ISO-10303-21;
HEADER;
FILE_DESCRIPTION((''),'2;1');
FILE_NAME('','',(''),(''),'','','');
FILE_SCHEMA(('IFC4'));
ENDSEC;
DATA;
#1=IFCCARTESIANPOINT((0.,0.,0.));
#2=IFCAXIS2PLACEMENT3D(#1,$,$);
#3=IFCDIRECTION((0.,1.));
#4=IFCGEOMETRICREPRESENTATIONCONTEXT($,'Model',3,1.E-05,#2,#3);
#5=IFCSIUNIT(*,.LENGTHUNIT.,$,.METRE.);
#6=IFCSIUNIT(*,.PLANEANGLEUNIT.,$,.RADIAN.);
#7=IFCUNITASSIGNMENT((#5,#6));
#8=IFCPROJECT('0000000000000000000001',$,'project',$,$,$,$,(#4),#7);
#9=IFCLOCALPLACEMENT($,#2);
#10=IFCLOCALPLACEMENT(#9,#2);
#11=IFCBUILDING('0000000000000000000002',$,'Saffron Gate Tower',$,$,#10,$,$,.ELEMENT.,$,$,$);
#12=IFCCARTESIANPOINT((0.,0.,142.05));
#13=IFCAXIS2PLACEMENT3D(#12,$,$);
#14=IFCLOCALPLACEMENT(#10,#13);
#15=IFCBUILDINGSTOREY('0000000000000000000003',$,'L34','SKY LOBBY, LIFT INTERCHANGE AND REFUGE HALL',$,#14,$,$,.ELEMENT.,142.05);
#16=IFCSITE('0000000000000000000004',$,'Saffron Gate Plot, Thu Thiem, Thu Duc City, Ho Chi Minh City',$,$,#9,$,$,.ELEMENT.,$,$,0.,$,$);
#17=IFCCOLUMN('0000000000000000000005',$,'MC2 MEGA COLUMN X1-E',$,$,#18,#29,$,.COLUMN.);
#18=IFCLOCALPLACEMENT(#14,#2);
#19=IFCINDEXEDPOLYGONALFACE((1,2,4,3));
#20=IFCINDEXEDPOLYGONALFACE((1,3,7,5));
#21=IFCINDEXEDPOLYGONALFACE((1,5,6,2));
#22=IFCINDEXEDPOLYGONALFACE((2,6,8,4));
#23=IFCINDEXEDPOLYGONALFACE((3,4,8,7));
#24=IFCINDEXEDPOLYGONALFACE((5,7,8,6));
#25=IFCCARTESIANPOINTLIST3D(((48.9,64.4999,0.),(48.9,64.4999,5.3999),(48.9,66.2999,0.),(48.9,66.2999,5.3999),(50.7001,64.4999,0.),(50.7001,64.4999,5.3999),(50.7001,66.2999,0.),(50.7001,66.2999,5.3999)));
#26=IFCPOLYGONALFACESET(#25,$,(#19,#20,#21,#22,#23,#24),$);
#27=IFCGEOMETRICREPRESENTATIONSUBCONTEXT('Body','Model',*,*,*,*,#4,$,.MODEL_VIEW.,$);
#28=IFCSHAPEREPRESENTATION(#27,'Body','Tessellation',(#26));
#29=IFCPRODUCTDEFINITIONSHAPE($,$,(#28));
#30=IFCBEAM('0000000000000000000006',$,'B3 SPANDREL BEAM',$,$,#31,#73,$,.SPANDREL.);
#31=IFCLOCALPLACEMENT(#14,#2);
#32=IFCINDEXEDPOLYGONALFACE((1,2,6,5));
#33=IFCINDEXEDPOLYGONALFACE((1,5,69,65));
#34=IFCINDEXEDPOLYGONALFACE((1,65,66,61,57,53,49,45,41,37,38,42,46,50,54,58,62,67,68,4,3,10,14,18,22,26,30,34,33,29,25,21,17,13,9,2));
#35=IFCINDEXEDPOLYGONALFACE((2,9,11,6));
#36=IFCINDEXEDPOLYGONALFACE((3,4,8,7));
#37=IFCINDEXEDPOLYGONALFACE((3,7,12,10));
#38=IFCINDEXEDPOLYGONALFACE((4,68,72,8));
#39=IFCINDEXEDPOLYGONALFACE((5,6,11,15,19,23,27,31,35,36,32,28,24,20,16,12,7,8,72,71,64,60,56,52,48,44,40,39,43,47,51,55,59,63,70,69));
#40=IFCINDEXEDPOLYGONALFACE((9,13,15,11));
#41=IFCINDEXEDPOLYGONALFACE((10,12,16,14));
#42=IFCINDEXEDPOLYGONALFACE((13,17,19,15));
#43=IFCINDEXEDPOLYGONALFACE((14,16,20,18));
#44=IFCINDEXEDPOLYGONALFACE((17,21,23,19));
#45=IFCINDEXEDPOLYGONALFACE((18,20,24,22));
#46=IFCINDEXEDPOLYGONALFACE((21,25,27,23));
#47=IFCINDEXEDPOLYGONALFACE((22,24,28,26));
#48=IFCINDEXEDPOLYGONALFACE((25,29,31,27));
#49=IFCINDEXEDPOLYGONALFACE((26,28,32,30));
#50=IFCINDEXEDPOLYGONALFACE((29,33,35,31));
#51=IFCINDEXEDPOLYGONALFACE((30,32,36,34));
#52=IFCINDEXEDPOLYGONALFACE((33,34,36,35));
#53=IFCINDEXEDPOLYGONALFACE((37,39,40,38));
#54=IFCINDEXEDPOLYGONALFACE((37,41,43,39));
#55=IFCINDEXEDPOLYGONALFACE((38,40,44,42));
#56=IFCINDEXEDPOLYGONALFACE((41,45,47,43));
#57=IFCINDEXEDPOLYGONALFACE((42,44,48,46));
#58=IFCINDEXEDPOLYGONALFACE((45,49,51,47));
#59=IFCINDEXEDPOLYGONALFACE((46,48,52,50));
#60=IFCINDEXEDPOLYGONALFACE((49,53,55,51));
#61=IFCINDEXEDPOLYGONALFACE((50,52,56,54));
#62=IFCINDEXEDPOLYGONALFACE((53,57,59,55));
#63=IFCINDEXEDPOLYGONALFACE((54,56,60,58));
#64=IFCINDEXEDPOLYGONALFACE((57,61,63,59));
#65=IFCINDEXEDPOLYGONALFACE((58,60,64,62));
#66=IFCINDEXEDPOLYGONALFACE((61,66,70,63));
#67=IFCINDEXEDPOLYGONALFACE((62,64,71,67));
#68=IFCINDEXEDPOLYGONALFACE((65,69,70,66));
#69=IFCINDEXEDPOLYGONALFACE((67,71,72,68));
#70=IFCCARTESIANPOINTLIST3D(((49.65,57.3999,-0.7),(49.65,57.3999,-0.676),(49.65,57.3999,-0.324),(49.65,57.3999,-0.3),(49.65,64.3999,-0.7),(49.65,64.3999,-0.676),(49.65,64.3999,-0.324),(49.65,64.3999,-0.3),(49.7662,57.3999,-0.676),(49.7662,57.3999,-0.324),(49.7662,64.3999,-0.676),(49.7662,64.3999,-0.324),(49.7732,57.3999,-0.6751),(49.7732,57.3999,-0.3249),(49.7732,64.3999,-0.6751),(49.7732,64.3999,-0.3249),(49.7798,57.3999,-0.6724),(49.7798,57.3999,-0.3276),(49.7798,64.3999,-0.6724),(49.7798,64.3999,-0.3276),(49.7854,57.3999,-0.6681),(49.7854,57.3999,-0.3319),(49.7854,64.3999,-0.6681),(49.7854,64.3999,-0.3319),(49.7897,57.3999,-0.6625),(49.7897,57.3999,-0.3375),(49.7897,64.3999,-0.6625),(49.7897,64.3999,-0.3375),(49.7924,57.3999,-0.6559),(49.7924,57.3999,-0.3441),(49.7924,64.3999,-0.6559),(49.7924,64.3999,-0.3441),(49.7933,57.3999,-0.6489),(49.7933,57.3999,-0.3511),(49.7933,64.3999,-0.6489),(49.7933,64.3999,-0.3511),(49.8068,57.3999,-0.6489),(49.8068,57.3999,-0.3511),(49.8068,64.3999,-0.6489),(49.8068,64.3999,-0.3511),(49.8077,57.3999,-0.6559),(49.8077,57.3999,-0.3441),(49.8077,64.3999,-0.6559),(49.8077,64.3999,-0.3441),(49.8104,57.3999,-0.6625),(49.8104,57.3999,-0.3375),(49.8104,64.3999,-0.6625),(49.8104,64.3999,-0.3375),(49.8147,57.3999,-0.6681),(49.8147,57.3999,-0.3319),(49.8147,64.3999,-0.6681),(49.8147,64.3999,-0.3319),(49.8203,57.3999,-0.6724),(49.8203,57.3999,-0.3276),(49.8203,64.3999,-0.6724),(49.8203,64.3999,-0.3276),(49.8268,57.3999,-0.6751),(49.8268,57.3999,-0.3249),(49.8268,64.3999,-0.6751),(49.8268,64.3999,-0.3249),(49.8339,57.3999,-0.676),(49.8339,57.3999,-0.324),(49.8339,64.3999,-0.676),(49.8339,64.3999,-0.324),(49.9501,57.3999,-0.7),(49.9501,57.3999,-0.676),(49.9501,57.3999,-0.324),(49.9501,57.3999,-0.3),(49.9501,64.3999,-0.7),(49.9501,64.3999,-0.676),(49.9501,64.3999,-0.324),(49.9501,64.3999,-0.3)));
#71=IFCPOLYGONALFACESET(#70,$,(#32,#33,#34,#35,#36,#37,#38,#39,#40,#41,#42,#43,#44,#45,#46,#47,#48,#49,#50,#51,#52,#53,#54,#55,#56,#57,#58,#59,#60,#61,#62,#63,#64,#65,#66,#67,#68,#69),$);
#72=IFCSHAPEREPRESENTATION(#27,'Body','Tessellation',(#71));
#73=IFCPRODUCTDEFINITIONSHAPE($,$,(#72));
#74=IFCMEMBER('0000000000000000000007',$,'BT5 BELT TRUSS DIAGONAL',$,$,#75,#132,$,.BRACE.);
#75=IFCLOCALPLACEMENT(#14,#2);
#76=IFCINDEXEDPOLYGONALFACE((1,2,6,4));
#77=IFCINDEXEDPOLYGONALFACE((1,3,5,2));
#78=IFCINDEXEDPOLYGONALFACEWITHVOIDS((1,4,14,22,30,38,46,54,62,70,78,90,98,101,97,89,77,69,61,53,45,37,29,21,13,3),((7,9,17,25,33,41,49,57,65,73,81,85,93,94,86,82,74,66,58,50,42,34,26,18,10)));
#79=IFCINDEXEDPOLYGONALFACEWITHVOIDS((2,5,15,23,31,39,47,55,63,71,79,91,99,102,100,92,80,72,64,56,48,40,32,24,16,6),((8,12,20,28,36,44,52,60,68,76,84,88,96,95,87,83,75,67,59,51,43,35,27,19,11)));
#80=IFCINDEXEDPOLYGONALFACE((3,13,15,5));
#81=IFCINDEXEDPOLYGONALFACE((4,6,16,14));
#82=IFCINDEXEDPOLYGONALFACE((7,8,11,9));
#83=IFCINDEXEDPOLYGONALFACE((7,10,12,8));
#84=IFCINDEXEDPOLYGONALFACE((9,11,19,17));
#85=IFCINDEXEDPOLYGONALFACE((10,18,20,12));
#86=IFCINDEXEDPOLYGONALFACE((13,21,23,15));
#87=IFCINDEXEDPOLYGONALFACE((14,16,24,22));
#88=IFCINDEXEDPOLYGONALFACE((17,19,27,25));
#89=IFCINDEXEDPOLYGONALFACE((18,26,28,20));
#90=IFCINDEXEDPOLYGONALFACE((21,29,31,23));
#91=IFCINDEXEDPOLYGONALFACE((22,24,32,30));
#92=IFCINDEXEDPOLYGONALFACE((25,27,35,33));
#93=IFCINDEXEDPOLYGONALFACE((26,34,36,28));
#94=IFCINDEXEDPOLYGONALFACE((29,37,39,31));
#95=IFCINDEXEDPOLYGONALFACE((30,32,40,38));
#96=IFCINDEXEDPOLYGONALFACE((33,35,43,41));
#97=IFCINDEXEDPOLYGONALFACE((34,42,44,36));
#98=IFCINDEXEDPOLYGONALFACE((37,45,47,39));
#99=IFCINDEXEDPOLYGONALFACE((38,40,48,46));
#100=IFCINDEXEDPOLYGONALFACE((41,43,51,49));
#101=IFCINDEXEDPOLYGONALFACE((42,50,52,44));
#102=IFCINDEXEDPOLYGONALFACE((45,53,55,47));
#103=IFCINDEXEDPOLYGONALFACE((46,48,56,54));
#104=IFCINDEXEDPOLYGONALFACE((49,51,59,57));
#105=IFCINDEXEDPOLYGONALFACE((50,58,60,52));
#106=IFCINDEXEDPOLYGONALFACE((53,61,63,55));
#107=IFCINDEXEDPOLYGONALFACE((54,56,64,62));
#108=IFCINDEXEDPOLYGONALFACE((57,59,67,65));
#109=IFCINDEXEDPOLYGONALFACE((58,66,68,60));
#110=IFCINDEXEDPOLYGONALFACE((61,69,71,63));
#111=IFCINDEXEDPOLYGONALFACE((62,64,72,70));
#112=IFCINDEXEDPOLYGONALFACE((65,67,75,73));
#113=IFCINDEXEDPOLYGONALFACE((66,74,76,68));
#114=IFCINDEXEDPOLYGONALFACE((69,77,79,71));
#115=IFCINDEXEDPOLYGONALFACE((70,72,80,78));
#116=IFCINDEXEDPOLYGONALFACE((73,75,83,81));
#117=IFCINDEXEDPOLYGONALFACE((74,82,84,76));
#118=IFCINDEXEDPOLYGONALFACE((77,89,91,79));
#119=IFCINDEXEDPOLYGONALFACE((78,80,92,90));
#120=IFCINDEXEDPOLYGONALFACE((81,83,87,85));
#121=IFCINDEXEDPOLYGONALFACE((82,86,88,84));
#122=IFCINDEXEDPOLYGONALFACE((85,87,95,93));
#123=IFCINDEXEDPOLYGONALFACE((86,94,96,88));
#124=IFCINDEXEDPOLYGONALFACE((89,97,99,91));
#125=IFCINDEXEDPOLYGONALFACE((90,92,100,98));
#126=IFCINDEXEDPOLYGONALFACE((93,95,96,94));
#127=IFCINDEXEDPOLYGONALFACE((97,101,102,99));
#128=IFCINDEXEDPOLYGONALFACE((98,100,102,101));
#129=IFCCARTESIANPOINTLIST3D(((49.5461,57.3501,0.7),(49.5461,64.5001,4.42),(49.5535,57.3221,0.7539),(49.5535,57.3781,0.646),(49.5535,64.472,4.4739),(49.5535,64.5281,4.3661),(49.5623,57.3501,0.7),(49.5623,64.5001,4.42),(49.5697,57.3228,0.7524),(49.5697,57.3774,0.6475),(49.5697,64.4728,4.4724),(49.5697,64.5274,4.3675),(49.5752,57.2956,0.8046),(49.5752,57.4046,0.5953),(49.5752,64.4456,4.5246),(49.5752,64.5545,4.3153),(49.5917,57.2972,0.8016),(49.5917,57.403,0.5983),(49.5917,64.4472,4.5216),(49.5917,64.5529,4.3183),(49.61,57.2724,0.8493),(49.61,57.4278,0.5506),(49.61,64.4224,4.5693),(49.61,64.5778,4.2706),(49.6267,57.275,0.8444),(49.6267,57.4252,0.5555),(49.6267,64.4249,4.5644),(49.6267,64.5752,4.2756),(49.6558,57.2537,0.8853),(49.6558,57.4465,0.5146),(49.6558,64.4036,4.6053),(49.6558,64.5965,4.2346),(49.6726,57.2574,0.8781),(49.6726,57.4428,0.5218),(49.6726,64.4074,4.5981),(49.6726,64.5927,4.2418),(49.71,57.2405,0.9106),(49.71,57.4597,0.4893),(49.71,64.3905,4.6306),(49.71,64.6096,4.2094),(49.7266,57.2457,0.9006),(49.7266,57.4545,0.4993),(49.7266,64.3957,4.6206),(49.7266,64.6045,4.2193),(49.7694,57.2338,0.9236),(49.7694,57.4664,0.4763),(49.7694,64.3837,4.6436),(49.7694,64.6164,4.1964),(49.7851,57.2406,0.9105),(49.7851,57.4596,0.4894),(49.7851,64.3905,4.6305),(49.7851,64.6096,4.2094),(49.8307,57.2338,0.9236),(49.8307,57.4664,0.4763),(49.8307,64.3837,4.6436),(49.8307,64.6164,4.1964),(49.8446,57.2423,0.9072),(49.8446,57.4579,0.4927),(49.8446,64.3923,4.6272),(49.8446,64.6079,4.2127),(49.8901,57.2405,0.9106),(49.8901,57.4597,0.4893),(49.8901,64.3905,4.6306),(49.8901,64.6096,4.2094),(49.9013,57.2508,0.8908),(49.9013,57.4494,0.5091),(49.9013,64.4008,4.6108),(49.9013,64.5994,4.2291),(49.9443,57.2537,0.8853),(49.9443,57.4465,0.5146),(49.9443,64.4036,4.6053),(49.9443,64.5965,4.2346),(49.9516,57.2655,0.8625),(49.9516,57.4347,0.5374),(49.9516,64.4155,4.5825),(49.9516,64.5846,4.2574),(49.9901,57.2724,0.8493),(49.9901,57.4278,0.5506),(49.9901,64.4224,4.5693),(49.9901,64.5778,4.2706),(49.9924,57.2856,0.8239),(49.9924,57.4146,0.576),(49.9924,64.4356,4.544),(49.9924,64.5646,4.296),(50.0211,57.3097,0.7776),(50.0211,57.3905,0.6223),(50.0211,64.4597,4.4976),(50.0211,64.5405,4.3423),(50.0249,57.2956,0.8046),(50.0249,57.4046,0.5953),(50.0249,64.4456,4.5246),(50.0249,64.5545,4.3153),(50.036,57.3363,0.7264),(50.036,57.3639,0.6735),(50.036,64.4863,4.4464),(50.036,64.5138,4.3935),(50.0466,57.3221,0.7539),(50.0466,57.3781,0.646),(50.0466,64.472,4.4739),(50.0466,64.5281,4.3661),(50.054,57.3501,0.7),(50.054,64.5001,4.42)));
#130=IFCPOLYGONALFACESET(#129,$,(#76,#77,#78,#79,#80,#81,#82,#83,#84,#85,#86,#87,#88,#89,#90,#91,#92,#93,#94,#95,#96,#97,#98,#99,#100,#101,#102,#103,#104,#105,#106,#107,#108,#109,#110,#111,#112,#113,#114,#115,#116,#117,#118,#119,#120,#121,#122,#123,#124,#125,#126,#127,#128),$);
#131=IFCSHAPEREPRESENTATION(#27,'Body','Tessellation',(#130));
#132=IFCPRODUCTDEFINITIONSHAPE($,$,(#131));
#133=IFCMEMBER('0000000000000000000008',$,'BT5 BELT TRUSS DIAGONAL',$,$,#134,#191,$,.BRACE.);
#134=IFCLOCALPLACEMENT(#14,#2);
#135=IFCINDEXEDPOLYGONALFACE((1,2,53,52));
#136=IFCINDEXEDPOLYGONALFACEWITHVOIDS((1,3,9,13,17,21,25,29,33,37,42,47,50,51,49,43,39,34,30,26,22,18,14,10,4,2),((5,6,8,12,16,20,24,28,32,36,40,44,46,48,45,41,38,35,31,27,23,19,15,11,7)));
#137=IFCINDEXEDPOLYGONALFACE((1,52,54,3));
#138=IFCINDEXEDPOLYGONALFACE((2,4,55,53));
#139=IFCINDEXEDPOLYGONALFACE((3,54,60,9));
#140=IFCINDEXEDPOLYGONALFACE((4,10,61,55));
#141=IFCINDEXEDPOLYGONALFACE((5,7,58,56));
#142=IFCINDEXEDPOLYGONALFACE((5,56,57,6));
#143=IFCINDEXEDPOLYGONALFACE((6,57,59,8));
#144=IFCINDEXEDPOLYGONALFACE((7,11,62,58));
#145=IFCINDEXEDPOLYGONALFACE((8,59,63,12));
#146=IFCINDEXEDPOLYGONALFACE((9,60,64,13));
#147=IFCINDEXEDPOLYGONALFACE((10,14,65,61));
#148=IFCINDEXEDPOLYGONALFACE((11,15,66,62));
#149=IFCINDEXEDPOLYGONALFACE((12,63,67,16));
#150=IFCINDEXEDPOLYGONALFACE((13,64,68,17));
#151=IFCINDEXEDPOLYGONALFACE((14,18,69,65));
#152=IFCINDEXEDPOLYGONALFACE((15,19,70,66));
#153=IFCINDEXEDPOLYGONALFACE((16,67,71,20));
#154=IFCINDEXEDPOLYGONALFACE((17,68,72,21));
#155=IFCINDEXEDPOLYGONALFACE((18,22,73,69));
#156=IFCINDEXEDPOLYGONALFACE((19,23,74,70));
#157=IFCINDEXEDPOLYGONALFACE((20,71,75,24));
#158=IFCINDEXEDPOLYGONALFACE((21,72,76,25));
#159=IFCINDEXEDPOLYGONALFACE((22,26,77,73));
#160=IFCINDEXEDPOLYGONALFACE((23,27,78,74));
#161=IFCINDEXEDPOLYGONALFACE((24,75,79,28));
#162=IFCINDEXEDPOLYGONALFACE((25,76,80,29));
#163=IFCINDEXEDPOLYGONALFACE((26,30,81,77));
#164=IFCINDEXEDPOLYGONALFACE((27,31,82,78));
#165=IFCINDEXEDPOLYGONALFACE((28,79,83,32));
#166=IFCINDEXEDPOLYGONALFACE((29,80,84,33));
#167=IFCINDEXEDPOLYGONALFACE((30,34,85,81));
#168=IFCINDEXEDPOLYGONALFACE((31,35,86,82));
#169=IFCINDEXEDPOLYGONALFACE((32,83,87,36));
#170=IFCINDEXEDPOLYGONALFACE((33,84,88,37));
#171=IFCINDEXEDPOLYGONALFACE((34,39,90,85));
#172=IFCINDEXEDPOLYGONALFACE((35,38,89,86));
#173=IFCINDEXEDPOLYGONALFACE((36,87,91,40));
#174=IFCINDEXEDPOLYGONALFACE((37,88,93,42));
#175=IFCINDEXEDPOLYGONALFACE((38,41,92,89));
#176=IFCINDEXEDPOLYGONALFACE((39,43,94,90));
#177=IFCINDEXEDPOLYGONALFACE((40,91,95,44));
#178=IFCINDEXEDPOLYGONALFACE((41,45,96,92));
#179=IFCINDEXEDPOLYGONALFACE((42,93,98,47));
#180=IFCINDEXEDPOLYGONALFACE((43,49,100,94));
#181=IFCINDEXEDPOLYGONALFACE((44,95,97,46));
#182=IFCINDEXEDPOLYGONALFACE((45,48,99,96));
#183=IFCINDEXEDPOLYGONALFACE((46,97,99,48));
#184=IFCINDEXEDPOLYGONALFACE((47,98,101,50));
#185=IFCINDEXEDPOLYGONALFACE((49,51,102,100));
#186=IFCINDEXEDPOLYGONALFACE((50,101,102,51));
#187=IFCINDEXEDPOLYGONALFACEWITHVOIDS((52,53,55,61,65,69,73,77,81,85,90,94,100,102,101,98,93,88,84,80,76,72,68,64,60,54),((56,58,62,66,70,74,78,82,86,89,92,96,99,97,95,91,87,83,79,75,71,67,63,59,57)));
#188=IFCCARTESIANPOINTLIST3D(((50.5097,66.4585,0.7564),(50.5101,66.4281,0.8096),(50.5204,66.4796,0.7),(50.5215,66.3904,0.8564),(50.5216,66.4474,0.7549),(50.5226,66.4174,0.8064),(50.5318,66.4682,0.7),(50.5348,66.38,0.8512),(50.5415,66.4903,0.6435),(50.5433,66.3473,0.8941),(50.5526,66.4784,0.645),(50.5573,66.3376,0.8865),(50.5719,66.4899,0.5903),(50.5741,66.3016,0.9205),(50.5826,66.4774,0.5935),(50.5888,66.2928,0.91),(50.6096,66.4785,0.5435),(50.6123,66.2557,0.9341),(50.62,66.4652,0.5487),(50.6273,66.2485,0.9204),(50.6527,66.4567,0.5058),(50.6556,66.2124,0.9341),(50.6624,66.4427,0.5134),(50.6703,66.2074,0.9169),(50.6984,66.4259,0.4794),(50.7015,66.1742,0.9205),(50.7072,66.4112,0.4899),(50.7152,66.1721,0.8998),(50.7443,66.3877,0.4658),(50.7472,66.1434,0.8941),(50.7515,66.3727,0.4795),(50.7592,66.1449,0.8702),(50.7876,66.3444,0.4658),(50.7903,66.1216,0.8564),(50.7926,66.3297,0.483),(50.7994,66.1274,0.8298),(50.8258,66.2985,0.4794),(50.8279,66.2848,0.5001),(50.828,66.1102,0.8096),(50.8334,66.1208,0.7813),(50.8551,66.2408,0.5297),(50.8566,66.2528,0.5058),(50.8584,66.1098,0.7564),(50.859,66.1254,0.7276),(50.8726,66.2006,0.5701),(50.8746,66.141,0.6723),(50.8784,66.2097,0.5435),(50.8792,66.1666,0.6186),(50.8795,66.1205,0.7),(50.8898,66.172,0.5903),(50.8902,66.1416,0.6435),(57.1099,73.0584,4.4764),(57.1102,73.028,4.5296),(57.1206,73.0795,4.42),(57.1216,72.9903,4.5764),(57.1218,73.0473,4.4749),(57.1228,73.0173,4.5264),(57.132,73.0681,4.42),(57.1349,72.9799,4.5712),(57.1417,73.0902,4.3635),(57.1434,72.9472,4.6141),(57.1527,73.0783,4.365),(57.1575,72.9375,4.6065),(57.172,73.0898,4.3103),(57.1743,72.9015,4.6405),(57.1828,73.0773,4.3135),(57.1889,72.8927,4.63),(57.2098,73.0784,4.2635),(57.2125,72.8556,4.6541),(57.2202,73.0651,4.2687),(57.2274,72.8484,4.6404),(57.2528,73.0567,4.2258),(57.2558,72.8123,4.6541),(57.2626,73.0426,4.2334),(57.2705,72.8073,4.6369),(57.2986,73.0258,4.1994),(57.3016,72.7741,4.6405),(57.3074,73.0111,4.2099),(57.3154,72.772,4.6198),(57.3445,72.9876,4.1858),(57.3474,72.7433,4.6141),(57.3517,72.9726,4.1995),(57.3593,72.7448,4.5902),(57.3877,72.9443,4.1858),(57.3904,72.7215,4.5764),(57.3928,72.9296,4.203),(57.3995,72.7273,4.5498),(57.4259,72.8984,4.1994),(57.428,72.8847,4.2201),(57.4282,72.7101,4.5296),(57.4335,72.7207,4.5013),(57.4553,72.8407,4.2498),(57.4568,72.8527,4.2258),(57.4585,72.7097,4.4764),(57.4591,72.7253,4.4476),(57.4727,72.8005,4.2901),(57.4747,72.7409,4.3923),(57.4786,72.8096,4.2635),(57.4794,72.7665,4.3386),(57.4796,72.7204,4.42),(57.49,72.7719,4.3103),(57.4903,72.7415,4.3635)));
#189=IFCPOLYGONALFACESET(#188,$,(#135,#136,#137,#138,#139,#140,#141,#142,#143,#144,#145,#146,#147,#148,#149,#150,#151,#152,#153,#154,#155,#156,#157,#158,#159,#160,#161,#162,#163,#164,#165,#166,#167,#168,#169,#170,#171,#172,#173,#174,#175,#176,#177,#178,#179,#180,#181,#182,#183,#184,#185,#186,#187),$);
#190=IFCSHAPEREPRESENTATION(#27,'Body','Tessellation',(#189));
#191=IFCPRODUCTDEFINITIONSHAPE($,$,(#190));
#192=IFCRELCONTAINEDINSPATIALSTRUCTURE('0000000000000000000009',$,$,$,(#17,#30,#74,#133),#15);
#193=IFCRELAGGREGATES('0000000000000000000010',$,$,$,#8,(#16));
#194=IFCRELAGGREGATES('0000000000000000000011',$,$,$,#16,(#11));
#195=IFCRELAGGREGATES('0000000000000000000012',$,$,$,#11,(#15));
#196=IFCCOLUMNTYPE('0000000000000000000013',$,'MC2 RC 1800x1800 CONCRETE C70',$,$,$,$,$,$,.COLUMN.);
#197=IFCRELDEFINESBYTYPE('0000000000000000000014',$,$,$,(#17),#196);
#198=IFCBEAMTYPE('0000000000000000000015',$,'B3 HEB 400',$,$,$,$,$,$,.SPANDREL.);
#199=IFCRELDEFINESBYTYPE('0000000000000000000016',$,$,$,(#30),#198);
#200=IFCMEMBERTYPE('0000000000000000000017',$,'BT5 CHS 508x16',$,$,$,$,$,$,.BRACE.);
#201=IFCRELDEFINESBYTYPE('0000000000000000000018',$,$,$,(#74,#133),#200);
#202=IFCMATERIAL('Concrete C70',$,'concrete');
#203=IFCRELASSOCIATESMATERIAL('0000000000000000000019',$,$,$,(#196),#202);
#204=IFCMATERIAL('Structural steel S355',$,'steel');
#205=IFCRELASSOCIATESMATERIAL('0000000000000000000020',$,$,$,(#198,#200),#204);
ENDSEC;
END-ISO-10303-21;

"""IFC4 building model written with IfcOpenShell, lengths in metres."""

from ifc_helpers import new_model, si_unit, direction, frame, origin, origin_2d, place, context, subcontext, project, spatial, rectangle, hollow_circle, i_section, extrude, material, material_profile, profile_set, type_object, element, save


model = new_model("IFC4")

# Units and contexts
model_context = context("Model", 3, precision=1e-05, world=origin(), true_north=direction((0.0, 1.0)))
body_context = subcontext(model_context, "Body", "Model", "MODEL_VIEW")
ifc_project = project(units=[si_unit("LENGTHUNIT", "METRE"), si_unit("PLANEANGLEUNIT", "RADIAN")], contexts=[model_context])

# Site, building, storey
site_placement = place(None, origin())
site = spatial("IfcSite", under=ifc_project, at=site_placement, Name="Saffron Gate Plot, Thu Thiem, Thu Duc City, Ho Chi Minh City", CompositionType="ELEMENT", RefElevation=0.0)
building_placement = place(site_placement, origin())
building = spatial("IfcBuilding", under=site, at=building_placement, Name="Saffron Gate Tower", CompositionType="ELEMENT")
storey_placement = place(building_placement, frame((0.0, 0.0, 142.05)))
storey = spatial("IfcBuildingStorey", under=building, at=storey_placement, Name="L34", Description="SKY LOBBY, LIFT INTERCHANGE AND REFUGE HALL", CompositionType="ELEMENT", Elevation=142.05)

# Column
ifc_material_1 = material(Name="Concrete C70", Category="concrete")
ifc_material_profile_1 = material_profile(ifc_material_1, rectangle(XDim=1.8, YDim=1.8, at=origin_2d()))
ifc_profile_set_1 = profile_set([ifc_material_profile_1], Name="Concrete C70")
column_type = type_object("IfcColumnType", Name="MC2 RC 1800x1800 CONCRETE C70", PredefinedType="COLUMN", material=ifc_profile_set_1)
column_placement = place(storey_placement, frame((49.8, 65.3999, 0.0), z_axis=(0.0, 0.0, 1.0), x_axis=(1.0, 0.0, 0.0)))
element("IfcColumn", 1, at=column_placement, inside=storey, type_object=column_type, Name="MC2 MEGA COLUMN X1-E", PredefinedType="COLUMN", context=body_context, shape_type="SweptSolid", body=[
    extrude(rectangle(XDim=1.8, YDim=1.8, at=origin_2d()), origin(), (0.0, 0.0, 1.0), 5.3999),
])

# Beam
ifc_material_2 = material(Name="Structural steel S355", Category="steel")
ifc_material_profile_2 = material_profile(ifc_material_2, i_section(OverallWidth=0.3, OverallDepth=0.3999, WebThickness=0.0134, FlangeThickness=0.0239, FilletRadius=0.0271, at=origin_2d()))
ifc_profile_set_2 = profile_set([ifc_material_profile_2], Name="Structural steel S355")
beam_type = type_object("IfcBeamType", Name="B3 HEB 400", PredefinedType="SPANDREL", material=ifc_profile_set_2)
beam_placement = place(storey_placement, frame((49.8, 57.3999, -0.5), z_axis=(0.0, 1.0, 0.0), x_axis=(-1.0, 0.0, 0.0)))
element("IfcBeam", 2, at=beam_placement, inside=storey, type_object=beam_type, Name="B3 SPANDREL BEAM", PredefinedType="SPANDREL", context=body_context, shape_type="SweptSolid", body=[
    extrude(i_section(OverallWidth=0.3, OverallDepth=0.3999, WebThickness=0.0134, FlangeThickness=0.0239, FilletRadius=0.0271, at=origin_2d()), origin(), (0.0, 0.0, 1.0), 7.0),
])

# Members
ifc_material_profile_3 = material_profile(ifc_material_2, hollow_circle(Radius=0.2539, WallThickness=0.0161, at=origin_2d()))
ifc_profile_set_3 = profile_set([ifc_material_profile_3], Name="Structural steel S355")
member_type_1 = type_object("IfcMemberType", Name="BT5 CHS 508x16", PredefinedType="BRACE", material=ifc_profile_set_3)
member_1_placement = place(storey_placement, frame((49.8, 57.3501, 0.7), z_axis=(0.0, 0.887114, 0.46155), x_axis=(-1.0, 0.0, 0.0)))
element("IfcMember", 3, at=member_1_placement, inside=storey, type_object=member_type_1, Name="BT5 BELT TRUSS DIAGONAL", PredefinedType="BRACE", context=body_context, shape_type="SweptSolid", body=[
    extrude(hollow_circle(Radius=0.2539, WallThickness=0.0161, at=origin_2d()), origin(), (0.0, 0.0, 1.0), 8.0598),
])
member_2_placement = place(storey_placement, frame((50.7, 66.3, 0.7), z_axis=(0.656872, 0.656848, 0.370229), x_axis=(-0.707094, 0.70712, 0.0)))
element("IfcMember", 4, at=member_2_placement, inside=storey, type_object=member_type_1, Name="BT5 BELT TRUSS DIAGONAL", PredefinedType="BRACE", context=body_context, shape_type="SweptSolid", body=[
    extrude(hollow_circle(Radius=0.2539, WallThickness=0.0161, at=origin_2d()), origin(), (0.0, 0.0, 1.0), 10.0479),
])

save(model, "model.ifc")
